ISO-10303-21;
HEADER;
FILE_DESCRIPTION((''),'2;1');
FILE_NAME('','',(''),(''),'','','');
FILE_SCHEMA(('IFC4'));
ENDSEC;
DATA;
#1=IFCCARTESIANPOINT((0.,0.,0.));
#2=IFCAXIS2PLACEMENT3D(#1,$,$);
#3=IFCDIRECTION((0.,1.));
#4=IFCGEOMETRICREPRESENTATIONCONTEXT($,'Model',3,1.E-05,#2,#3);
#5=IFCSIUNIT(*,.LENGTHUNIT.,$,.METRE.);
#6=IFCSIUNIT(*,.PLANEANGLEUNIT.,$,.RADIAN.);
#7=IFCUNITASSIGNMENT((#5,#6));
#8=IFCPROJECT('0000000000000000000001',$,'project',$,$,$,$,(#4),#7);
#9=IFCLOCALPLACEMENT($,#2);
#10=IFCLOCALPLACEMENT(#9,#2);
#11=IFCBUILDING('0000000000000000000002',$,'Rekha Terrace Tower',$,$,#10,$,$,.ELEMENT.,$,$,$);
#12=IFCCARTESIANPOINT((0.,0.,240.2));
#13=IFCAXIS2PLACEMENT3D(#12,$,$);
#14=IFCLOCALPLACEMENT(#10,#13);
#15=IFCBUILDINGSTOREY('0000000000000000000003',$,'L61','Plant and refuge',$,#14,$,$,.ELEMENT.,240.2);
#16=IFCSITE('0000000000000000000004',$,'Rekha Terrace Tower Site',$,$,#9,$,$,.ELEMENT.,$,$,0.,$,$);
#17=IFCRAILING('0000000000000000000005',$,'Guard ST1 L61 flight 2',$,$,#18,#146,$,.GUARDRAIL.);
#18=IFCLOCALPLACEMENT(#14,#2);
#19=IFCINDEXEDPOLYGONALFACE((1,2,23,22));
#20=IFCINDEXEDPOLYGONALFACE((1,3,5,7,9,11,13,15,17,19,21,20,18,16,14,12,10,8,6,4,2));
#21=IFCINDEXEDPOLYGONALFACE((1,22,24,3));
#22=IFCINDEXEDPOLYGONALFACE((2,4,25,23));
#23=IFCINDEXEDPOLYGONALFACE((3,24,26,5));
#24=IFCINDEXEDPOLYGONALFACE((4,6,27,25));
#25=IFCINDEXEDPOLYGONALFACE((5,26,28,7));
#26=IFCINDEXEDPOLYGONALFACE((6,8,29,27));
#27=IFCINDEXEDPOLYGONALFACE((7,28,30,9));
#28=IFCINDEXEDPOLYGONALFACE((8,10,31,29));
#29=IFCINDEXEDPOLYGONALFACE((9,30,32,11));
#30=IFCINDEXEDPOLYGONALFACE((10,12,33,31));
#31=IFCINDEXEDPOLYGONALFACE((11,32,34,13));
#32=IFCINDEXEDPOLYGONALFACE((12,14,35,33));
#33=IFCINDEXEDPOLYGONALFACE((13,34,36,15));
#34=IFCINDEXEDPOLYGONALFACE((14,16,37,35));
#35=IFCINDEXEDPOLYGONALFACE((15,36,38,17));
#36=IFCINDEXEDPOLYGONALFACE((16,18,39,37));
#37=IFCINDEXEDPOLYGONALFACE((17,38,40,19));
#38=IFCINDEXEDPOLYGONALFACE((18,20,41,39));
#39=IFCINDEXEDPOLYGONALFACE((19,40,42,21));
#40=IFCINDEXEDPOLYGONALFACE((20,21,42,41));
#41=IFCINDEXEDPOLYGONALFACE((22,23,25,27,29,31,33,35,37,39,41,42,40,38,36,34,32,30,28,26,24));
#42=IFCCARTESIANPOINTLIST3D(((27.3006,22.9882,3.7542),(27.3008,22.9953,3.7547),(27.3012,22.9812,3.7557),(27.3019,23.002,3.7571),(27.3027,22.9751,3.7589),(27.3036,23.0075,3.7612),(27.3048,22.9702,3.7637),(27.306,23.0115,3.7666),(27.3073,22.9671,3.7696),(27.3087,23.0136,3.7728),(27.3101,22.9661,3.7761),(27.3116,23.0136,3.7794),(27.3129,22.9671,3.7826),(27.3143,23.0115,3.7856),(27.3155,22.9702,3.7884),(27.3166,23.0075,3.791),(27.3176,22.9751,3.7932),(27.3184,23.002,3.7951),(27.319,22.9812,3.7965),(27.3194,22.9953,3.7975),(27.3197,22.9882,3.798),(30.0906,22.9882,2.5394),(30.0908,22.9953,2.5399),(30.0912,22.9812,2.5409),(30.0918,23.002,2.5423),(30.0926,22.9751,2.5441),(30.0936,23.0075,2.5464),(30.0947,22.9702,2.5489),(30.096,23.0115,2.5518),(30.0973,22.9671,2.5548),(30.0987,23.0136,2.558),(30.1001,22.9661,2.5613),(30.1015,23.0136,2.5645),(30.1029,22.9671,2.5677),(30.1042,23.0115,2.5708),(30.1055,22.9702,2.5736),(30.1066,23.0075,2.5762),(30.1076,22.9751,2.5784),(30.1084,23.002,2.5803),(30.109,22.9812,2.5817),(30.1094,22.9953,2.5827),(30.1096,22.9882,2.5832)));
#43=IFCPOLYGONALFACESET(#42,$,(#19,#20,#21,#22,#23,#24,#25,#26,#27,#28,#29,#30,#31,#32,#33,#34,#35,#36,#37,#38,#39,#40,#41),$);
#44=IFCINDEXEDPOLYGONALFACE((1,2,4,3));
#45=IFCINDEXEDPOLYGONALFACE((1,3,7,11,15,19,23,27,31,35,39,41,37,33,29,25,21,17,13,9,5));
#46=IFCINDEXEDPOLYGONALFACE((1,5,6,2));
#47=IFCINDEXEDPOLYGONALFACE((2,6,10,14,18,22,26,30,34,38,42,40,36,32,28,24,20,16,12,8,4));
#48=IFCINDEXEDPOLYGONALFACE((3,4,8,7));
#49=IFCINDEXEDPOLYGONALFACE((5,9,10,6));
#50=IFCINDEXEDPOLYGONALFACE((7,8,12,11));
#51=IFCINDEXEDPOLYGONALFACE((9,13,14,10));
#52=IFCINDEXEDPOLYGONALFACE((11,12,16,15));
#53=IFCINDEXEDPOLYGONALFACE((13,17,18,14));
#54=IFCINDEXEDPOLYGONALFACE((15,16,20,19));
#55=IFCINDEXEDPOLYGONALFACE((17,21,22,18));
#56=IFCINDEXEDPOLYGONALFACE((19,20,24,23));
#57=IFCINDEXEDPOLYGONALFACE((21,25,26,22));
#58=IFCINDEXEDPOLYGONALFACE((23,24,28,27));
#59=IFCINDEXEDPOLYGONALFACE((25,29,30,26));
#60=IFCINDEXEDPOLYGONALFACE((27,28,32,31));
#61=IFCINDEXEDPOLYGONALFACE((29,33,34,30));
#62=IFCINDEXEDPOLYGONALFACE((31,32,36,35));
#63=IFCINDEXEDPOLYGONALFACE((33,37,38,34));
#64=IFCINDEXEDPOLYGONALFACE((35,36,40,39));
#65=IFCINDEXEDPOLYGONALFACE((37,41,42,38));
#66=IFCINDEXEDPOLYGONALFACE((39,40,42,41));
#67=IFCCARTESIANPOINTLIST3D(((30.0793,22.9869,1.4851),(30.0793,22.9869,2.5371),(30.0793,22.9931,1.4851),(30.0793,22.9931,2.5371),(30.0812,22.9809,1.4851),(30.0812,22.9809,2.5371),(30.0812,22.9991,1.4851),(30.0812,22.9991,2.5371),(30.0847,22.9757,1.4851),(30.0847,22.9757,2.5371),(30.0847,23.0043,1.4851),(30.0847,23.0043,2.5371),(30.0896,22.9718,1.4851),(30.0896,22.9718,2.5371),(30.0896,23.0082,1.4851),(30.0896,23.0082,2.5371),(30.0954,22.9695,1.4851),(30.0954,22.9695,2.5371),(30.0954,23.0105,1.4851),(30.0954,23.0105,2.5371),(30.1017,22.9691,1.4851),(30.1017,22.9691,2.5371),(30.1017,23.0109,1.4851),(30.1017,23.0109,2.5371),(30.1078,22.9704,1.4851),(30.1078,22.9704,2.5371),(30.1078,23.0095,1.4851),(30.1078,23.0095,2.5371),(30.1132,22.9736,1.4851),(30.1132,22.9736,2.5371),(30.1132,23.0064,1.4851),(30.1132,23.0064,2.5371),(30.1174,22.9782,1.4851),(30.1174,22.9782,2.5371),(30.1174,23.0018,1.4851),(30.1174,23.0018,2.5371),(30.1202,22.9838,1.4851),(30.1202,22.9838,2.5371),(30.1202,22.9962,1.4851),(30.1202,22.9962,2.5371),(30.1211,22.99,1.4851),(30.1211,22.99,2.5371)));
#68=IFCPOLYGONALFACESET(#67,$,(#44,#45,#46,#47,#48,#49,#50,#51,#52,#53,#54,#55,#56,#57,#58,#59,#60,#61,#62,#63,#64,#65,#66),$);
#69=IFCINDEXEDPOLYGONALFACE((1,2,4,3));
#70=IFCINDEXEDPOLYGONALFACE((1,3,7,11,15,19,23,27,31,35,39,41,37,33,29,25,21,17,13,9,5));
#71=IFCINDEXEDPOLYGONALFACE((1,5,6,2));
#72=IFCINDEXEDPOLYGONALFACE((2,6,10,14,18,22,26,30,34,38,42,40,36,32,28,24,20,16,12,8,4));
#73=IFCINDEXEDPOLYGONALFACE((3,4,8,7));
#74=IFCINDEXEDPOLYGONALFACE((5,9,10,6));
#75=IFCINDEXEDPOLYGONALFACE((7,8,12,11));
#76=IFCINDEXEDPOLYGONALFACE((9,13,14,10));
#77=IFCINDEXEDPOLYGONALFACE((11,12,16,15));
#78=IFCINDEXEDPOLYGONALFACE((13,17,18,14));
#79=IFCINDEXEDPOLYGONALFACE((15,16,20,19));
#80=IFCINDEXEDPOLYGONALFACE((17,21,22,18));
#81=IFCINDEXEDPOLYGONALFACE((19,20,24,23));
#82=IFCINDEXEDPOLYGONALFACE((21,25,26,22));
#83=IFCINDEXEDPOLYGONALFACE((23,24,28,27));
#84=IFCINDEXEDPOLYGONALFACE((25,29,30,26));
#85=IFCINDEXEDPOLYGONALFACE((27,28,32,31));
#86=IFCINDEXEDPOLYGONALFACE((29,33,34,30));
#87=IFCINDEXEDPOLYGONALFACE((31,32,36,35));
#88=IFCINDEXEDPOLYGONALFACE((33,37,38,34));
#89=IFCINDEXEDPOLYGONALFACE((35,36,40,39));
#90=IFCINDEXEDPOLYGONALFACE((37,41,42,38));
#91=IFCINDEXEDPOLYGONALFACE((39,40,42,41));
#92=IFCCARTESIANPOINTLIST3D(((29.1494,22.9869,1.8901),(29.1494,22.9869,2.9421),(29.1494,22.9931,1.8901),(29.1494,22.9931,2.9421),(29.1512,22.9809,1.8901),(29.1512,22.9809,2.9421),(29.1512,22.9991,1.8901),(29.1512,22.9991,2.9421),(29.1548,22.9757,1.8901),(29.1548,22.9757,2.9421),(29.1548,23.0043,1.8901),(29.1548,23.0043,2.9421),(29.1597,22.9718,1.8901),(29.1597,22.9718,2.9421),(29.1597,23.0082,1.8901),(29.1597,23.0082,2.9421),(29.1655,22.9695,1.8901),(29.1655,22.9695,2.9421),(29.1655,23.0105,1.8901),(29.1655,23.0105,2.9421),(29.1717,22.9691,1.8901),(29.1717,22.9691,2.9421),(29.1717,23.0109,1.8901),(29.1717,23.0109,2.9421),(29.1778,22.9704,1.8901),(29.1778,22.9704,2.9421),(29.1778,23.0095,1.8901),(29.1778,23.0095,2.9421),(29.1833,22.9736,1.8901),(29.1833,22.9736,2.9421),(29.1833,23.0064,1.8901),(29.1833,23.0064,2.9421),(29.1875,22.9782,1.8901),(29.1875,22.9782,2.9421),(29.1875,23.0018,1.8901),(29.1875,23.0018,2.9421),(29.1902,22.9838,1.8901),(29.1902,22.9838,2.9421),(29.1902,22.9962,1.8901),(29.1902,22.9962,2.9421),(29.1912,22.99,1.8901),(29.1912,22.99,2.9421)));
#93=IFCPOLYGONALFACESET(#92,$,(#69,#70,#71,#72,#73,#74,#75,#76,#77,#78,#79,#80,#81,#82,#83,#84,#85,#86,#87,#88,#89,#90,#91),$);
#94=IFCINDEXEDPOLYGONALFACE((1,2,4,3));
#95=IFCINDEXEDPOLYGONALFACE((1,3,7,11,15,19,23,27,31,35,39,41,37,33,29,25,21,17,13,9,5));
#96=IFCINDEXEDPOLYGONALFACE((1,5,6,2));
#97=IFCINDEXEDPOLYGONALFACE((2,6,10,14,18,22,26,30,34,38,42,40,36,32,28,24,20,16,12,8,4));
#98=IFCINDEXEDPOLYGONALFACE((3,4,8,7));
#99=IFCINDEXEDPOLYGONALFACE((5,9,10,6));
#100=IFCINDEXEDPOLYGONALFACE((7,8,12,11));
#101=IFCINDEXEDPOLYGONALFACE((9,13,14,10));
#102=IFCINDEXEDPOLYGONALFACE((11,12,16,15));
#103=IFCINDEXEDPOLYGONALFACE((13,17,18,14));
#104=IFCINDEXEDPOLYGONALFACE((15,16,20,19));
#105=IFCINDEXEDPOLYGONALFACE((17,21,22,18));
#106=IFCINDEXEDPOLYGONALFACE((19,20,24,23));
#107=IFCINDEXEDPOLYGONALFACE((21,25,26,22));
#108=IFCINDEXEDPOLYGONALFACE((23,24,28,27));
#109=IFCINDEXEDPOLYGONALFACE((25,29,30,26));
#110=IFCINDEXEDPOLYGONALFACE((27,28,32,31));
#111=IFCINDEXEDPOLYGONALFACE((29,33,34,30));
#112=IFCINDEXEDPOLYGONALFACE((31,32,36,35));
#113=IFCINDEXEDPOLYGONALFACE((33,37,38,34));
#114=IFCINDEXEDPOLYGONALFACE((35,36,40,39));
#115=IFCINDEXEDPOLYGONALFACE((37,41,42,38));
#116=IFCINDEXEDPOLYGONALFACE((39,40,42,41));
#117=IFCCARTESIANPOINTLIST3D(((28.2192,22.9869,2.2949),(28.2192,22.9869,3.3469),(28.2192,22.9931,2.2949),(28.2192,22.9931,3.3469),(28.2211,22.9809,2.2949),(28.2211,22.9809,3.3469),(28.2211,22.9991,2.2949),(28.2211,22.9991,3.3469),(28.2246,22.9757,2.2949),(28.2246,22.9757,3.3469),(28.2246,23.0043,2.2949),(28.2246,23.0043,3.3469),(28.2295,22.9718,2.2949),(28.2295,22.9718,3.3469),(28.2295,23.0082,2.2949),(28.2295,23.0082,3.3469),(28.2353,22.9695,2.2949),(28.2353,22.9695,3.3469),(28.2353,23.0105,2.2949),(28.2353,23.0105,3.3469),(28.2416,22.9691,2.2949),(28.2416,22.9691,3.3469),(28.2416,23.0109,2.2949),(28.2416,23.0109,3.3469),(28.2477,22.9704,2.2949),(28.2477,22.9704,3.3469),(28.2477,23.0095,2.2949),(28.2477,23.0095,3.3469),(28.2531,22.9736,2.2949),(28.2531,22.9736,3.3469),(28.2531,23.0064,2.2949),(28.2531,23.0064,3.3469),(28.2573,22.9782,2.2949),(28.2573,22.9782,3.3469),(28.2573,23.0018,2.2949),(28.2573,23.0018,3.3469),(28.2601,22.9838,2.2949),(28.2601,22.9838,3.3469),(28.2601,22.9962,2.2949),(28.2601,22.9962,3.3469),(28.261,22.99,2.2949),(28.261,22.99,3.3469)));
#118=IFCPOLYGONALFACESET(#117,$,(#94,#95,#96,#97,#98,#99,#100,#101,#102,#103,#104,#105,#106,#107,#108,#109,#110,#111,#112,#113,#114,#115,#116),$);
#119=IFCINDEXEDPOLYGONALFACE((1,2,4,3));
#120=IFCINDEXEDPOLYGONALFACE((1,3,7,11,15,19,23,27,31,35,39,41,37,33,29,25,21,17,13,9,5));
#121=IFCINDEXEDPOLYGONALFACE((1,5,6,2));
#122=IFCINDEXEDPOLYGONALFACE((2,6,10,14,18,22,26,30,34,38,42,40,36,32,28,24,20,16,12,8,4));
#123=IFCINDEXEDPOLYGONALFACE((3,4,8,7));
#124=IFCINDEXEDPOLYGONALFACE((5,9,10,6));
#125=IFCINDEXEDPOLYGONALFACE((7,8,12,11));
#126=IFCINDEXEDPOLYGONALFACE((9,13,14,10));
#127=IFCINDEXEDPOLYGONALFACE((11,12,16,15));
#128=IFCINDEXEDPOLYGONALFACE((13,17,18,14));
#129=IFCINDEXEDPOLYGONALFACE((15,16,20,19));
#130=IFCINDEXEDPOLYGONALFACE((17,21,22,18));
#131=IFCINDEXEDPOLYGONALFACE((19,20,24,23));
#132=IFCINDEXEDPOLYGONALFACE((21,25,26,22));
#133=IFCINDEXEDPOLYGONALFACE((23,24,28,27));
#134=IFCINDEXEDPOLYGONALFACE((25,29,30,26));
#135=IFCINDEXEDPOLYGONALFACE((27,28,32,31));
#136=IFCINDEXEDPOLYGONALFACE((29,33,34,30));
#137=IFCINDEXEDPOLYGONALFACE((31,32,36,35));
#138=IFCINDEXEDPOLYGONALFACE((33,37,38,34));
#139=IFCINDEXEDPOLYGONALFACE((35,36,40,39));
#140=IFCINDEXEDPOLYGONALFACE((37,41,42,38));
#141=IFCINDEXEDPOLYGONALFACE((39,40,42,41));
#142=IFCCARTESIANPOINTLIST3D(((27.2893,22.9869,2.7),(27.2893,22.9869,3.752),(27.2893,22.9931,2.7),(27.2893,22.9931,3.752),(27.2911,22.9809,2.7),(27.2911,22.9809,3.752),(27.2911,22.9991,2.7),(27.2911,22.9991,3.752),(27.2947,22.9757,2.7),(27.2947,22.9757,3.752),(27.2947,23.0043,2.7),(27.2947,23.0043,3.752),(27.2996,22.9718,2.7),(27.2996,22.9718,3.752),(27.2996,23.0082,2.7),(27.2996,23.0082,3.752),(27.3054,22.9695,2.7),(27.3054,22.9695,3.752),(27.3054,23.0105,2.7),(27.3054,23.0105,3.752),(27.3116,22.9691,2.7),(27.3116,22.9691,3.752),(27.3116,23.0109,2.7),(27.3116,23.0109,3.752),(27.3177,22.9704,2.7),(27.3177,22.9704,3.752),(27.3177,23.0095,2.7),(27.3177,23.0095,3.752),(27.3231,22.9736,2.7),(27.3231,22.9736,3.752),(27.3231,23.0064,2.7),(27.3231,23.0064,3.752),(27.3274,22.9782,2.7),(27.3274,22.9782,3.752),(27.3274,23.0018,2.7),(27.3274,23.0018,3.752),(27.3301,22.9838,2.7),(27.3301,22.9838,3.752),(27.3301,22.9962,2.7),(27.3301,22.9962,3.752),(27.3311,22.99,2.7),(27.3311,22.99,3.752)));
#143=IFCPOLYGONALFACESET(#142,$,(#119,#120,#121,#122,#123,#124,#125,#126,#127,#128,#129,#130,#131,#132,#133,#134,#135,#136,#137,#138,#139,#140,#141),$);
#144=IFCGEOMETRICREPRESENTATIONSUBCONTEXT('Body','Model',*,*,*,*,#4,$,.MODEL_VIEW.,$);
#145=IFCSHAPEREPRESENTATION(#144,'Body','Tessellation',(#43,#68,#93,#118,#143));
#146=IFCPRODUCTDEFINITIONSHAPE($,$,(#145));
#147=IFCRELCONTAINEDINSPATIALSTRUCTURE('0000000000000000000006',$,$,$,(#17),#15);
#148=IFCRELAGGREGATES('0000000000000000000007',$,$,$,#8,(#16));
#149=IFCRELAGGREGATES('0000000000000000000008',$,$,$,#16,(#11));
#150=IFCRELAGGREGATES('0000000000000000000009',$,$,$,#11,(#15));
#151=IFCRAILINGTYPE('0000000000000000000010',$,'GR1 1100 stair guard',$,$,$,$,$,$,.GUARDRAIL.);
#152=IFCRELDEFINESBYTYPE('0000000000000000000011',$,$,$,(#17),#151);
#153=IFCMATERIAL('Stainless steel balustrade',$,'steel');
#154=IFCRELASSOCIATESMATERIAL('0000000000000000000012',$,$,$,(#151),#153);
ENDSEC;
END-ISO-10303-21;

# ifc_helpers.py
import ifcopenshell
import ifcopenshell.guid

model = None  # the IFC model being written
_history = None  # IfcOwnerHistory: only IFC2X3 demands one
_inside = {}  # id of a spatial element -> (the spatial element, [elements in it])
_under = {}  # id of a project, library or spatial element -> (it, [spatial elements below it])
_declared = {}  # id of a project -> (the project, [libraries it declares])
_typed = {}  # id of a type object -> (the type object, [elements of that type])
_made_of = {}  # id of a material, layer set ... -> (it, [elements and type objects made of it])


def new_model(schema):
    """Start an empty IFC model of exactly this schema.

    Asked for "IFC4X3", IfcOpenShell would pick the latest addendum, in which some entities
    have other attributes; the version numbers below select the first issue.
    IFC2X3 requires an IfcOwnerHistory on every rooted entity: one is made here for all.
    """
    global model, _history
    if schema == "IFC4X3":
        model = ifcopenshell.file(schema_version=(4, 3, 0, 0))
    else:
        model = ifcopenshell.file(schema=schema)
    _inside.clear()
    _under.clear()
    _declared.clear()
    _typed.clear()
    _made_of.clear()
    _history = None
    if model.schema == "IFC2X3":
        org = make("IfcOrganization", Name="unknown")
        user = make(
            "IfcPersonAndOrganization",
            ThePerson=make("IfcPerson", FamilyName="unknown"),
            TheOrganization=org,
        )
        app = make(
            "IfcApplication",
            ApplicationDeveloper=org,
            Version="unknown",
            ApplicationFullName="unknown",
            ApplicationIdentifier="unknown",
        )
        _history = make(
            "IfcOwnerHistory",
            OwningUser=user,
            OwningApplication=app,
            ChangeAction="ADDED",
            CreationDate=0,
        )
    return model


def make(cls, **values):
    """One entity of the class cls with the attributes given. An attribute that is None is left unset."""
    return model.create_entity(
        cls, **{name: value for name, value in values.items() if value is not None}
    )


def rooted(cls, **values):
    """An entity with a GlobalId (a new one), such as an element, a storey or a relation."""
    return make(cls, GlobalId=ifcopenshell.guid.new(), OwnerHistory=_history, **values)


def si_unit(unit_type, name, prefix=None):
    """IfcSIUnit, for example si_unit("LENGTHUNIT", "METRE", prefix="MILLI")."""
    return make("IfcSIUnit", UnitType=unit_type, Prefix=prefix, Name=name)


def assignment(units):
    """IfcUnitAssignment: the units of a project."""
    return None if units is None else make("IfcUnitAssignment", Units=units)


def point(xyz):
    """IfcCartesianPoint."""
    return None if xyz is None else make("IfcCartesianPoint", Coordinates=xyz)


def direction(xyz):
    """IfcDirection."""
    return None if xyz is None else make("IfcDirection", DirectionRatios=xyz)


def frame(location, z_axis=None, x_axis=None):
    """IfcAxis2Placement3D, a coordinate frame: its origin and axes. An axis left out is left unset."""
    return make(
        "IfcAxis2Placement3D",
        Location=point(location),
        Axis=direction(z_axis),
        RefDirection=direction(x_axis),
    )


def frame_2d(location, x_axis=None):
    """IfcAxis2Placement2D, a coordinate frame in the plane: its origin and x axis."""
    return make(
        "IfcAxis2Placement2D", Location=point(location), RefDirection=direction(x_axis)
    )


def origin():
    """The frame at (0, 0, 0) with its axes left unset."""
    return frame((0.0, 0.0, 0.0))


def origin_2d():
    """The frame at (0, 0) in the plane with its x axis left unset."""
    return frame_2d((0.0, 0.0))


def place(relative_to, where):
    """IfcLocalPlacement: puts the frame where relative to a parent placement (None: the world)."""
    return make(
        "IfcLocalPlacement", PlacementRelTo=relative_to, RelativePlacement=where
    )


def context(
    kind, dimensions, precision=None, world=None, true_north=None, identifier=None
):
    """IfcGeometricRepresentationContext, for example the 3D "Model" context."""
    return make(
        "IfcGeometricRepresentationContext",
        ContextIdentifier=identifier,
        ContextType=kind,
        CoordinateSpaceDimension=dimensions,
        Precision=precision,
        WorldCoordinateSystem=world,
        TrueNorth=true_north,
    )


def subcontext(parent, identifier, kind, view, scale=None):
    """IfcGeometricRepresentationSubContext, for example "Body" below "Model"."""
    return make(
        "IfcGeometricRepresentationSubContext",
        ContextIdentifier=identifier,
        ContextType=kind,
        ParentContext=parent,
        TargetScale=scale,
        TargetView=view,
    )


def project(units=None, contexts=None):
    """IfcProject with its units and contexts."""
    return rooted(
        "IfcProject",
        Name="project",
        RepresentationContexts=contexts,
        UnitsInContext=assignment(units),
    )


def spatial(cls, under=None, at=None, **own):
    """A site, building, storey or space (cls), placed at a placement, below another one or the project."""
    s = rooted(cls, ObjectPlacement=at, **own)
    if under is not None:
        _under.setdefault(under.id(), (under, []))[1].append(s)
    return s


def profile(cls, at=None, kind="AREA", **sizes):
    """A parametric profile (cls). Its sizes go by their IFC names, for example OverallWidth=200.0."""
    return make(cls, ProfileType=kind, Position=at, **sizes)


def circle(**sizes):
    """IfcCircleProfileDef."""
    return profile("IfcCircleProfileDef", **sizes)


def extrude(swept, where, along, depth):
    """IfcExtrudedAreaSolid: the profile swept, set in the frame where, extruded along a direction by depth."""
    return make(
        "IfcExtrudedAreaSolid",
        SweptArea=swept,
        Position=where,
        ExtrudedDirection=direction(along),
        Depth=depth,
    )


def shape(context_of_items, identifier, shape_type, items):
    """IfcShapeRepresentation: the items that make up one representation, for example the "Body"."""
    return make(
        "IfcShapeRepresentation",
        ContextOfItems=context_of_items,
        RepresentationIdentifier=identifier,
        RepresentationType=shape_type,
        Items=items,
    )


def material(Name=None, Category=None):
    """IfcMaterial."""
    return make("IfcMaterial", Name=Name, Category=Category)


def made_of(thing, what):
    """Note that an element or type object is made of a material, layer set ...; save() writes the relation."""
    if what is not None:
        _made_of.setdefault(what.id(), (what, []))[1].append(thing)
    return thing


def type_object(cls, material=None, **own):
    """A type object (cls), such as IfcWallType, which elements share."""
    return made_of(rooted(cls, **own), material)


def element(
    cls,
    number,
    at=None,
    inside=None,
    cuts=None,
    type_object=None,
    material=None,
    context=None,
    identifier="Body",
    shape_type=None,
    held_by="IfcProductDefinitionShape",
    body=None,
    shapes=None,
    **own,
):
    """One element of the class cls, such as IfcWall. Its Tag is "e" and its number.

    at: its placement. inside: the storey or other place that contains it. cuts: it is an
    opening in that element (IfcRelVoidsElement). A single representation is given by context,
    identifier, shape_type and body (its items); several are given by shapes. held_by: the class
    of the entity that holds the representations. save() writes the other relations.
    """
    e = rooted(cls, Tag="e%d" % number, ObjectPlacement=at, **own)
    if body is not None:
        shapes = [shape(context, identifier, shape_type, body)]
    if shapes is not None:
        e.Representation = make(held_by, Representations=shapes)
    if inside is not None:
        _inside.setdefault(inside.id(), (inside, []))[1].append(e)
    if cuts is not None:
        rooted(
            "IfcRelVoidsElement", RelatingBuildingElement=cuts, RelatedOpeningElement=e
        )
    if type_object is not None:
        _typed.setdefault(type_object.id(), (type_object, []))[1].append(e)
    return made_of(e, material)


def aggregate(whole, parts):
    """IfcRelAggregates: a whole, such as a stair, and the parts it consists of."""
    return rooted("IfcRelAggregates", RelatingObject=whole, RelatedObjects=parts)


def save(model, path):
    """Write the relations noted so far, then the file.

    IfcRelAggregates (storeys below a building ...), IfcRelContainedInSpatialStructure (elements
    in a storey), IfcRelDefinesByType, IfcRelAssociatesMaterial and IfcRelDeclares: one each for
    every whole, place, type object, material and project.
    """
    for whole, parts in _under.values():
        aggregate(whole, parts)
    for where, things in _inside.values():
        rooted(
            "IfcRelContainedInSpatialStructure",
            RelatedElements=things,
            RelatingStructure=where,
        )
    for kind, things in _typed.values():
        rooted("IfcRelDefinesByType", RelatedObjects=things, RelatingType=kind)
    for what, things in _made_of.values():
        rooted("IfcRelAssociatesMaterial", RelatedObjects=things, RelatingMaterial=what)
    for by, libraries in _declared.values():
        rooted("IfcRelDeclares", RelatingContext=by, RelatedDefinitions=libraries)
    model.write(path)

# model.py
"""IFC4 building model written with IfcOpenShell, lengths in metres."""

from ifc_helpers import new_model, si_unit, direction, frame, origin, origin_2d, place, context, subcontext, project, spatial, circle, extrude, material, type_object, element, save


model = new_model("IFC4")

# Units and contexts
model_context = context("Model", 3, precision=1e-05, world=origin(), true_north=direction((0.0, 1.0)))
body_context = subcontext(model_context, "Body", "Model", "MODEL_VIEW")
ifc_project = project(units=[si_unit("LENGTHUNIT", "METRE"), si_unit("PLANEANGLEUNIT", "RADIAN")], contexts=[model_context])

# Site, building, storey
site_placement = place(None, origin())
site = spatial("IfcSite", under=ifc_project, at=site_placement, Name="Rekha Terrace Tower Site", CompositionType="ELEMENT", RefElevation=0.0)
building_placement = place(site_placement, origin())
building = spatial("IfcBuilding", under=site, at=building_placement, Name="Rekha Terrace Tower", CompositionType="ELEMENT")
storey_placement = place(building_placement, frame((0.0, 0.0, 240.2)))
storey = spatial("IfcBuildingStorey", under=building, at=storey_placement, Name="L61", Description="Plant and refuge", CompositionType="ELEMENT", Elevation=240.2)

# Railing
ifc_material_1 = material(Name="Stainless steel balustrade", Category="steel")
railing_type_1 = type_object("IfcRailingType", Name="GR1 1100 stair guard", PredefinedType="GUARDRAIL", material=ifc_material_1)
railing_1_placement = place(storey_placement, frame((30.1001, 22.99, 1.4851)))
element("IfcRailing", 1, at=railing_1_placement, inside=storey, type_object=railing_type_1, Name="Guard ST1 L61 flight 2", PredefinedType="GUARDRAIL", context=body_context, shape_type="SweptSolid", body=[
    extrude(circle(Radius=0.0239, at=origin_2d()), frame((0.0, 0.0, 1.0762), z_axis=(-0.916856, 0.0, 0.399219), x_axis=(0.0, -1.0, 0.0)), (0.0, 0.0, 1.0), 3.043),
    extrude(circle(Radius=0.021, at=origin_2d()), origin(), (0.0, 0.0, 1.0), 1.052),
    extrude(circle(Radius=0.021, at=origin_2d()), frame((-0.9299, 0.0, 0.405)), (0.0, 0.0, 1.0), 1.052),
    extrude(circle(Radius=0.021, at=origin_2d()), frame((-1.8601, 0.0, 0.8098)), (0.0, 0.0, 1.0), 1.052),
    extrude(circle(Radius=0.021, at=origin_2d()), frame((-2.79, 0.0, 1.2148)), (0.0, 0.0, 1.0), 1.052),
])

save(model, "model.ifc")
